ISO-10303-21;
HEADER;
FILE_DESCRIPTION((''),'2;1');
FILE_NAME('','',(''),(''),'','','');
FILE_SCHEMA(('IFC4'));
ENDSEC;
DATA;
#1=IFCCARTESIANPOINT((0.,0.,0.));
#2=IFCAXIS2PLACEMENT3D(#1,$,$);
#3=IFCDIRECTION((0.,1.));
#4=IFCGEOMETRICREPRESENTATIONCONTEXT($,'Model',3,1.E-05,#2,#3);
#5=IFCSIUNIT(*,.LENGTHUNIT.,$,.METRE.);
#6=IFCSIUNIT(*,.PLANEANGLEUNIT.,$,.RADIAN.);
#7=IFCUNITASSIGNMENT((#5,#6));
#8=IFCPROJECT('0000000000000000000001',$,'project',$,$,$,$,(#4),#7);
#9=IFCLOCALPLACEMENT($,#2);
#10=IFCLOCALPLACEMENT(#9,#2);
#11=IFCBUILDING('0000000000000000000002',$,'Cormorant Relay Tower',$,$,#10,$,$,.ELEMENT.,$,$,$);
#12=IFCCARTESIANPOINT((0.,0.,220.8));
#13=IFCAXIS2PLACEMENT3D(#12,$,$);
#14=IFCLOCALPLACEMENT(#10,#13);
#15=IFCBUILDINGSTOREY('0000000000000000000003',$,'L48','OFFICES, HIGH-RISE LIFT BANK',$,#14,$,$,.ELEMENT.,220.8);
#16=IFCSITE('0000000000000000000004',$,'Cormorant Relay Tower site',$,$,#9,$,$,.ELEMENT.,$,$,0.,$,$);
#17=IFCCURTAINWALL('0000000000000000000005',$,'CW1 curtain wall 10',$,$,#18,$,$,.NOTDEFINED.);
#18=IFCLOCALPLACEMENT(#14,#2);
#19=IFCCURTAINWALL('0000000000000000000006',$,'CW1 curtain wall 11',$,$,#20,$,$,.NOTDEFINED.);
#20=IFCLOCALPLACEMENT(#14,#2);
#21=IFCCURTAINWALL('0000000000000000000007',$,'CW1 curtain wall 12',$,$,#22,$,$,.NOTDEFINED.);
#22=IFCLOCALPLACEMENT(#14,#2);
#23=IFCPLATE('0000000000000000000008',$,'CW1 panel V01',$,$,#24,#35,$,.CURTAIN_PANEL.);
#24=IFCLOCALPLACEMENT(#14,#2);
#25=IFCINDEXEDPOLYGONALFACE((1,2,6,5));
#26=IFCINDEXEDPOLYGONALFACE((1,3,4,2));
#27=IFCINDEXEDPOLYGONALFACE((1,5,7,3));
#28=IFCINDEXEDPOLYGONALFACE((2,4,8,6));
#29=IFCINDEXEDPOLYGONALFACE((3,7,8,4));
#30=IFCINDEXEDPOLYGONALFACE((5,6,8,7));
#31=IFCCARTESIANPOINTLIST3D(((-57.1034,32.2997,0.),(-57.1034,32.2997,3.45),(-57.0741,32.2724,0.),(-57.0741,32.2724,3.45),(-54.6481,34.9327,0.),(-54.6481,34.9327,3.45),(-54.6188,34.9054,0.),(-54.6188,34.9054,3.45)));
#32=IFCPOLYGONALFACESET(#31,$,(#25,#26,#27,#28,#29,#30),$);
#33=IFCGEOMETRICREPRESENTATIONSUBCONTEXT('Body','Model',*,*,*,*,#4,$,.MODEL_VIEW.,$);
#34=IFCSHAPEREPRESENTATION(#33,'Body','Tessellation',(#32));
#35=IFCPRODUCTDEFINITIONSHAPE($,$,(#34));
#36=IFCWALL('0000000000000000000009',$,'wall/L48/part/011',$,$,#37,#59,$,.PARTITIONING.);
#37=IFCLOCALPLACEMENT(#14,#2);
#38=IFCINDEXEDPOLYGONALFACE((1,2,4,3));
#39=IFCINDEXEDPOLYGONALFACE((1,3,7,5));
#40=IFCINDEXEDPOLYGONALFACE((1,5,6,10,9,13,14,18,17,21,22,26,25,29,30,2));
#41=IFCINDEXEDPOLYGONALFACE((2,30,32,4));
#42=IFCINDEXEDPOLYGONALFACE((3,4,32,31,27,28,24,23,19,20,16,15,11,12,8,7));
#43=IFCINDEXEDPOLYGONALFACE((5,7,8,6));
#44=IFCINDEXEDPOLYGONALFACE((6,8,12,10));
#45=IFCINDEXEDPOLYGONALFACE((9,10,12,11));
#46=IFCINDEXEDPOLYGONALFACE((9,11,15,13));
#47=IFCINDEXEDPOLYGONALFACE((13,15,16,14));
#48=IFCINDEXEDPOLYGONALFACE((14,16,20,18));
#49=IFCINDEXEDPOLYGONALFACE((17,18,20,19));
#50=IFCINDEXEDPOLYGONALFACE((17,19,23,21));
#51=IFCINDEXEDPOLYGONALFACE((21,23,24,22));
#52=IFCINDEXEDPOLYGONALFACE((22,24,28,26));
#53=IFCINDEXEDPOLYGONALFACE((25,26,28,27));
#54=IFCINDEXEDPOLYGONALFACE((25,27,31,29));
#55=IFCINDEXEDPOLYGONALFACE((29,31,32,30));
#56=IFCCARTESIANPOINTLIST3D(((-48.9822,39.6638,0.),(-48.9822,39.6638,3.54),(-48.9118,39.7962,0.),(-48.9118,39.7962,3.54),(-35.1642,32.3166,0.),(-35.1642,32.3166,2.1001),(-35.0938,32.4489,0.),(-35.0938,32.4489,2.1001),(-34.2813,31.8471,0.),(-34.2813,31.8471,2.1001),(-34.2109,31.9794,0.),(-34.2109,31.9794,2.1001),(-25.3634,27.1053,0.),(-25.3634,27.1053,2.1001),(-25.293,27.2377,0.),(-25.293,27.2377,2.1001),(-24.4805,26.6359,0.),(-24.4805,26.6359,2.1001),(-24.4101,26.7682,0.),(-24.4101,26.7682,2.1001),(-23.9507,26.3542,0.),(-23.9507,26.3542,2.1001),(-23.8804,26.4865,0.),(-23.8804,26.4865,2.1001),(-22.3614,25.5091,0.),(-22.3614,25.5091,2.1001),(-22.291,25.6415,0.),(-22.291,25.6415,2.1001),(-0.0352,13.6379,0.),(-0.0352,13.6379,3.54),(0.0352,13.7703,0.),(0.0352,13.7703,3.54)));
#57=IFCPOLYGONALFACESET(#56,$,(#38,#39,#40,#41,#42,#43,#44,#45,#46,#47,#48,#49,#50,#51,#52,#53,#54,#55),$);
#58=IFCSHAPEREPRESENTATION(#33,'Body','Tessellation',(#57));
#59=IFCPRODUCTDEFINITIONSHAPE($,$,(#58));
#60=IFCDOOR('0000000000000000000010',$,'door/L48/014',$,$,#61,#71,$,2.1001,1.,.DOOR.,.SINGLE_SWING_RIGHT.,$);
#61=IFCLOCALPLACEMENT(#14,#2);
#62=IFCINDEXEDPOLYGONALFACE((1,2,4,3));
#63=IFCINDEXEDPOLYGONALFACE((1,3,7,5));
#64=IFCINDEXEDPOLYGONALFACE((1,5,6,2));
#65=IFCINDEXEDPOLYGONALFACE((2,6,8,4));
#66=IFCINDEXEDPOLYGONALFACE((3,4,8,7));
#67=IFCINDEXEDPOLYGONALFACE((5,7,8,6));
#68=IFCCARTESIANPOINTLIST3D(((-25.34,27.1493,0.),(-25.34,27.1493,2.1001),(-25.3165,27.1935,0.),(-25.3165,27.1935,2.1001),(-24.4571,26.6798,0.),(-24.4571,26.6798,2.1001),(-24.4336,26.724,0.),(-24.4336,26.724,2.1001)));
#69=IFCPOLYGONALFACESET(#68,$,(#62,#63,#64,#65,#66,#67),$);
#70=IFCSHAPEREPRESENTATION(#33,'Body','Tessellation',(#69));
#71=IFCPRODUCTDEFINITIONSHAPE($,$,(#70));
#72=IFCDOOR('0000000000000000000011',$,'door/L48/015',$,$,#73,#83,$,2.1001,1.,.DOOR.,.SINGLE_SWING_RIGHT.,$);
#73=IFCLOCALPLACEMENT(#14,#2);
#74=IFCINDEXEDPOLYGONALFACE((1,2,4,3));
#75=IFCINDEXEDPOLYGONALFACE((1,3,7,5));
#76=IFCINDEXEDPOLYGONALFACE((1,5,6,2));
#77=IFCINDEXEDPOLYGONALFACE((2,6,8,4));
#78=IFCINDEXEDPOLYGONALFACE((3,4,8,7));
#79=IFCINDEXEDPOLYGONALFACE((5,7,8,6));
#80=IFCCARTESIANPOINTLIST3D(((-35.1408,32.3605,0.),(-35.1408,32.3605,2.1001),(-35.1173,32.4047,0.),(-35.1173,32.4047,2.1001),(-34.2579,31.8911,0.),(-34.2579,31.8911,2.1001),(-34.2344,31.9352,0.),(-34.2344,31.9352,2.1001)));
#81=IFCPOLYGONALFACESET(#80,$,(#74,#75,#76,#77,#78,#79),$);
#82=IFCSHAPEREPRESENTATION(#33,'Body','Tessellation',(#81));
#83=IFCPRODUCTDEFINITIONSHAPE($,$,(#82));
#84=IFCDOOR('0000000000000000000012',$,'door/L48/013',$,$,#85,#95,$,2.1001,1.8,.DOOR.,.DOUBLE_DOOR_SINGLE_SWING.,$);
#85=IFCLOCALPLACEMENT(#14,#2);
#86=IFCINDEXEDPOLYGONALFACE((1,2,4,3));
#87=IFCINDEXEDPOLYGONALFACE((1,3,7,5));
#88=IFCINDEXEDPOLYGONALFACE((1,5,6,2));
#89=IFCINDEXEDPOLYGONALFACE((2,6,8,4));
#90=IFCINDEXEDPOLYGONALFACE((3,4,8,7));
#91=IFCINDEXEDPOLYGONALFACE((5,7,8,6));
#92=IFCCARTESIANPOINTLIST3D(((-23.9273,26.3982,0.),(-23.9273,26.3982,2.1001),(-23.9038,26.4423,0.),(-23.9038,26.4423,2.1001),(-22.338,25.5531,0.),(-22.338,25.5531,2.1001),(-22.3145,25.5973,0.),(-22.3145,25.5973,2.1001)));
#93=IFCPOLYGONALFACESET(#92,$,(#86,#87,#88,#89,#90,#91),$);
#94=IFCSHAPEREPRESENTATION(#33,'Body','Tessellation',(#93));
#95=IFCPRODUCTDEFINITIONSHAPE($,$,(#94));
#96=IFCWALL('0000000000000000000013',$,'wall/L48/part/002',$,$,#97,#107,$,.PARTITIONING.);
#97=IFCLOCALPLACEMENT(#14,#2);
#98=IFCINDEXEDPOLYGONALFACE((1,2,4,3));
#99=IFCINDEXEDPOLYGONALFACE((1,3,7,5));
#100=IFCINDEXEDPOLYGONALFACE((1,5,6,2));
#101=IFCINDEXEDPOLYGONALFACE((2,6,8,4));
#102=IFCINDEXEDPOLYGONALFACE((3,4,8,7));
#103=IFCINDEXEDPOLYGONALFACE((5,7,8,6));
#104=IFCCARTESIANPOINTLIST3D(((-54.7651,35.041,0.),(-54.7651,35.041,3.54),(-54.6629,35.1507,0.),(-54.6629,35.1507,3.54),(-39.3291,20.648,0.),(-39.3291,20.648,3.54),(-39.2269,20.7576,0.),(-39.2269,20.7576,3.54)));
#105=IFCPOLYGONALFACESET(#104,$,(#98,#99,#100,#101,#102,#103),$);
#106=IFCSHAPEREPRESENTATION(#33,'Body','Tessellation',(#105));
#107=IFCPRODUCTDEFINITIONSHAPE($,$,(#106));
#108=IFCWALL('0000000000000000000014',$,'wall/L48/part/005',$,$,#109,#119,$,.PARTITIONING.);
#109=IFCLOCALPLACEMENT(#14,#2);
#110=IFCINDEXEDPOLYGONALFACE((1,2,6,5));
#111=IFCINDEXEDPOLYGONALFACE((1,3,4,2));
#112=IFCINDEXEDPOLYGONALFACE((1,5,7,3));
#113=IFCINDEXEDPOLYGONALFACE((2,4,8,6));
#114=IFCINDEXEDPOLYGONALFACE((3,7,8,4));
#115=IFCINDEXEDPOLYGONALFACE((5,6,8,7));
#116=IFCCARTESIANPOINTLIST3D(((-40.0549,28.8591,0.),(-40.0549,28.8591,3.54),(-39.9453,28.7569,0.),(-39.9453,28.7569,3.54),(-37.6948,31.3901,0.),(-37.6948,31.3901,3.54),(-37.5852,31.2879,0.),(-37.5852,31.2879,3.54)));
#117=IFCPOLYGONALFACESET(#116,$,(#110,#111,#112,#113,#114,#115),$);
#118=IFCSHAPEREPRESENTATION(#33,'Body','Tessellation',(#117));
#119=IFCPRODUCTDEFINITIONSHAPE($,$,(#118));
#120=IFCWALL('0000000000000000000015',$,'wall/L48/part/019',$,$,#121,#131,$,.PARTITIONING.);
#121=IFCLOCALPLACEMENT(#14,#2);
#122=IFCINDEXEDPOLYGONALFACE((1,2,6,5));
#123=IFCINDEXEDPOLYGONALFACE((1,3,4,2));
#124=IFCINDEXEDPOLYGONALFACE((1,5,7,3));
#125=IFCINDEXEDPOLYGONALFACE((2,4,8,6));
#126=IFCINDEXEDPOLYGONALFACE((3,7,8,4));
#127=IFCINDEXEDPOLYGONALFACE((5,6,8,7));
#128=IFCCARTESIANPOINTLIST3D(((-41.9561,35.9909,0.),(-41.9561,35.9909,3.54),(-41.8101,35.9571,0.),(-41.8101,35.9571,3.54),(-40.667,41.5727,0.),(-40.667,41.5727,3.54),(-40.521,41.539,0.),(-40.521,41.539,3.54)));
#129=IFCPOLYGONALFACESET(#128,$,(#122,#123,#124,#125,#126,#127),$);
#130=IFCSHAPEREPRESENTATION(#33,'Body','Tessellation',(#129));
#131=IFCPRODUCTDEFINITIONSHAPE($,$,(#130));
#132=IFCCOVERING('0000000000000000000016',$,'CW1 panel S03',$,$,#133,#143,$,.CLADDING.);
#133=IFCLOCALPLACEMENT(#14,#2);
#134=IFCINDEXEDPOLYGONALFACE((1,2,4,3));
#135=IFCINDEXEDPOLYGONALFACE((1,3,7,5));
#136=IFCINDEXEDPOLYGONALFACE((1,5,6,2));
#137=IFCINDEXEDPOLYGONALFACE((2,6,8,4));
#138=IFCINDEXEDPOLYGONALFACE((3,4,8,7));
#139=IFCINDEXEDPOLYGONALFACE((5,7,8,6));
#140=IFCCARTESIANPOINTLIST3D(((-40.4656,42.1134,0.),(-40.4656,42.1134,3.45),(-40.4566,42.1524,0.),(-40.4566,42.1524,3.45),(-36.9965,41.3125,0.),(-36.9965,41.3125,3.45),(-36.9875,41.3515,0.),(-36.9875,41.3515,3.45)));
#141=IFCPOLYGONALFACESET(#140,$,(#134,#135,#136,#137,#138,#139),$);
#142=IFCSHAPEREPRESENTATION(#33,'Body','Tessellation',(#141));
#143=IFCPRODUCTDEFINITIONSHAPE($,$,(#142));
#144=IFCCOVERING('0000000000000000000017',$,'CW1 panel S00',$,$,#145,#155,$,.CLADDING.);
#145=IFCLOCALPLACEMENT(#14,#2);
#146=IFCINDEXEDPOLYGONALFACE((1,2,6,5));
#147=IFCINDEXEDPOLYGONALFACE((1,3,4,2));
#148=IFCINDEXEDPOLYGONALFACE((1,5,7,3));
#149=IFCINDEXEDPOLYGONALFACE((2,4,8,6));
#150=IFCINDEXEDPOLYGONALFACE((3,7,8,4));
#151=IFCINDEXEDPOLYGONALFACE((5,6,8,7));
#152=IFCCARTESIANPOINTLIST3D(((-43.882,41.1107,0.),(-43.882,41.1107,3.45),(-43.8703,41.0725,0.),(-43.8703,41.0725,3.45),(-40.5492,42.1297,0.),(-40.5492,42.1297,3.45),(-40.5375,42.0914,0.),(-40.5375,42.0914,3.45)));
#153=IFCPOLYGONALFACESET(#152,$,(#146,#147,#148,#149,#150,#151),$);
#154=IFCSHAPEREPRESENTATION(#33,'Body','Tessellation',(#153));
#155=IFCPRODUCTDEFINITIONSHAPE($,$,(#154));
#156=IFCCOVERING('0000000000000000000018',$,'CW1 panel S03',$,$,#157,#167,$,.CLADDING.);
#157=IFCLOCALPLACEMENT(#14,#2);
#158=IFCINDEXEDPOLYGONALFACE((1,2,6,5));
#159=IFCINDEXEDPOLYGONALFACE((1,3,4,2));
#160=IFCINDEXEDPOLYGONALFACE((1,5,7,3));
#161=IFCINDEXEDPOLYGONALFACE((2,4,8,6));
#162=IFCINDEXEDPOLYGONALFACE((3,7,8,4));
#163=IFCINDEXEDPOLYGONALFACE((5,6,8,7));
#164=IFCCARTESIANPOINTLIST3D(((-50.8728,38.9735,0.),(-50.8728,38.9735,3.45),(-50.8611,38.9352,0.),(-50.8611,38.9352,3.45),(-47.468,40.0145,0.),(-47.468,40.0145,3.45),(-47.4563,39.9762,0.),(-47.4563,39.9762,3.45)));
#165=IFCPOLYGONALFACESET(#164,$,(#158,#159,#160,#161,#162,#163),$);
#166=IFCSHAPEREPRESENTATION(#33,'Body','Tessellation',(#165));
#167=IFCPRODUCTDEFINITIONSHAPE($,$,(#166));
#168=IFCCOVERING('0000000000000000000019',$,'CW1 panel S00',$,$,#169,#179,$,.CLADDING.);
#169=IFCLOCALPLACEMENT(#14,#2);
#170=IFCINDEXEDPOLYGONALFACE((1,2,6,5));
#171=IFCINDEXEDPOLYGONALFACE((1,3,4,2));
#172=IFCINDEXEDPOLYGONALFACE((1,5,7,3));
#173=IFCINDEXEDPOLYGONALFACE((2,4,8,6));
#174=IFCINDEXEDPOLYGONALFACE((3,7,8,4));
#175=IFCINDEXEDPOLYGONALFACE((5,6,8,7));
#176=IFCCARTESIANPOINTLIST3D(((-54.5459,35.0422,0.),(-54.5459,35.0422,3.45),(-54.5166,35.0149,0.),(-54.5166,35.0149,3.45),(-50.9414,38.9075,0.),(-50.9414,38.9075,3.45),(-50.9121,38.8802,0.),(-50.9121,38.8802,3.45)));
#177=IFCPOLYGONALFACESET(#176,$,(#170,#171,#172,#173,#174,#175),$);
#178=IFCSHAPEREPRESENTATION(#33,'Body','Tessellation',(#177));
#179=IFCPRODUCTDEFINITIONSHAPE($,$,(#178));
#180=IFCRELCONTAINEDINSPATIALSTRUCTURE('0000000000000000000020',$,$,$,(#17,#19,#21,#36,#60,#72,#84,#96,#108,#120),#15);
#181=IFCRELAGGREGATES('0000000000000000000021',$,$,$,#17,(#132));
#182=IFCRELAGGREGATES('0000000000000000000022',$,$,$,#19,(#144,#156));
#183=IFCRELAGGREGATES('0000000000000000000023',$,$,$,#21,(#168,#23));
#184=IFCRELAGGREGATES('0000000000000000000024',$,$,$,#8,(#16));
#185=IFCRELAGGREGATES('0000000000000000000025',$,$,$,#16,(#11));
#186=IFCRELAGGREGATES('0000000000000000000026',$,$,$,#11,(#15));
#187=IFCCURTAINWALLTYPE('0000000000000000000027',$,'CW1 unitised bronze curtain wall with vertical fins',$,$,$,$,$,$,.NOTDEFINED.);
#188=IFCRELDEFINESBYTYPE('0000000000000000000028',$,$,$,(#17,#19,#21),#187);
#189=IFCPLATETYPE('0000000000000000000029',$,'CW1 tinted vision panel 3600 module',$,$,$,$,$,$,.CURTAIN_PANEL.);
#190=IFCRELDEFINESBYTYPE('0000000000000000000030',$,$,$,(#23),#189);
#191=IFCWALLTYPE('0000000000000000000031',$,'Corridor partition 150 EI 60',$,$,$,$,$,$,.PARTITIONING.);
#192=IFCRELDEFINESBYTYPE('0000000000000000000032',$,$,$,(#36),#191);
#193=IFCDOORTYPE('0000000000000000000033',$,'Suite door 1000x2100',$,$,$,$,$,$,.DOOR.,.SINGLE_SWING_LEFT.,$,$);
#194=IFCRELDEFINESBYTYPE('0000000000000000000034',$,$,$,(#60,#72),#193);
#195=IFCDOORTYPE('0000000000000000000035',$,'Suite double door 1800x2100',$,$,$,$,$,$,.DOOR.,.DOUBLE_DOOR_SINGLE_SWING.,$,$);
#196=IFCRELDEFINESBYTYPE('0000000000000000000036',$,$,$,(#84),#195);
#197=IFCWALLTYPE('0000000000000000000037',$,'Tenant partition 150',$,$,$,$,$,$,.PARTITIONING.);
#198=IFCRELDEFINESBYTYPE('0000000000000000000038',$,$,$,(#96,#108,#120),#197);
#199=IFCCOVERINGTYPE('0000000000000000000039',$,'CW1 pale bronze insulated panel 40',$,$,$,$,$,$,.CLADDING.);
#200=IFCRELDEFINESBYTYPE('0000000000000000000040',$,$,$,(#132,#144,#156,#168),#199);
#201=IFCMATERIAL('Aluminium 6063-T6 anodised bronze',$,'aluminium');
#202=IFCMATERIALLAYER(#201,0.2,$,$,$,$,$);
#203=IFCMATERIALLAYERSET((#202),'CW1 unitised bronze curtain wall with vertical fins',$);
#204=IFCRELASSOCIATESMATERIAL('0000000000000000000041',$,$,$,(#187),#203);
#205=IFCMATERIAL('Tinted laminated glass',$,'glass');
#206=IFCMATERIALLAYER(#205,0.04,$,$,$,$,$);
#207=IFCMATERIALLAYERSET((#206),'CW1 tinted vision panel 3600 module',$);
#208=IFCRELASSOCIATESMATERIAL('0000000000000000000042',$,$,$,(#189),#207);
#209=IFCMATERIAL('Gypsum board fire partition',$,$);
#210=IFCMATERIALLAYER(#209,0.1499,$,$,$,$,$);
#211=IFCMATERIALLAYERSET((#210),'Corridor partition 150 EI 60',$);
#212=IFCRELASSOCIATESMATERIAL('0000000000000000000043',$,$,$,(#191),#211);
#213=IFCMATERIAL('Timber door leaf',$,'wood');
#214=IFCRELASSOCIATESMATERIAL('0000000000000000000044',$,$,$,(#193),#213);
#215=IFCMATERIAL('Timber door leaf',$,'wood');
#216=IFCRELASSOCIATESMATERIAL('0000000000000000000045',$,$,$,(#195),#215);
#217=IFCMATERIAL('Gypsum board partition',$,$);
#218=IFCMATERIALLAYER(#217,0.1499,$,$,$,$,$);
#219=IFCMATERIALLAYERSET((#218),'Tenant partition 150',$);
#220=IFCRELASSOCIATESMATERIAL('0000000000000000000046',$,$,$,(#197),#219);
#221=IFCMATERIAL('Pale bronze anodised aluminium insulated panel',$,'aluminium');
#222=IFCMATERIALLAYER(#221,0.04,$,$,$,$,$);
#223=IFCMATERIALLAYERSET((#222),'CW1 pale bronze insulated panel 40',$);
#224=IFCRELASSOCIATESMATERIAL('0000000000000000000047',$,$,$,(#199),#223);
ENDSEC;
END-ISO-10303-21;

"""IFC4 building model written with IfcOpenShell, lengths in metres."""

from ifc_helpers import new_model, si_unit, direction, frame, frame_2d, origin, origin_2d, place, context, subcontext, project, spatial, rectangle, extrude, material, layer, layer_set, type_object, element, fill, aggregate, save


model = new_model("IFC4")

# Units and contexts
model_context = context("Model", 3, precision=1e-05, world=origin(), true_north=direction((0.0, 1.0)))
body_context = subcontext(model_context, "Body", "Model", "MODEL_VIEW")
ifc_project = project(units=[si_unit("LENGTHUNIT", "METRE"), si_unit("PLANEANGLEUNIT", "RADIAN")], contexts=[model_context])

# Site, building, storey
site_placement = place(None, origin())
site = spatial("IfcSite", under=ifc_project, at=site_placement, Name="Cormorant Relay Tower site", CompositionType="ELEMENT", RefElevation=0.0)
building_placement = place(site_placement, origin())
building = spatial("IfcBuilding", under=site, at=building_placement, Name="Cormorant Relay Tower", CompositionType="ELEMENT")
storey_placement = place(building_placement, frame((0.0, 0.0, 220.8)))
storey = spatial("IfcBuildingStorey", under=building, at=storey_placement, Name="L48", Description="OFFICES, HIGH-RISE LIFT BANK", CompositionType="ELEMENT", Elevation=220.8)

# Curtain wall
ifc_material_1 = material(Name="Aluminium 6063-T6 anodised bronze", Category="aluminium")
ifc_layer_1 = layer(ifc_material_1, 0.2)
ifc_layer_set_1 = layer_set([ifc_layer_1], Name="CW1 unitised bronze curtain wall with vertical fins")
curtain_wall_type = type_object("IfcCurtainWallType", Name="CW1 unitised bronze curtain wall with vertical fins", PredefinedType="NOTDEFINED", material=ifc_layer_set_1)
curtain_wall_1_placement = place(storey_placement, origin())
curtain_wall_1 = element("IfcCurtainWall", 1, at=curtain_wall_1_placement, inside=storey, type_object=curtain_wall_type, Name="CW1 curtain wall 10", PredefinedType="NOTDEFINED")

# Curtain walls
curtain_wall_2_placement = place(storey_placement, origin())
curtain_wall_2 = element("IfcCurtainWall", 2, at=curtain_wall_2_placement, inside=storey, type_object=curtain_wall_type, Name="CW1 curtain wall 11", PredefinedType="NOTDEFINED")
curtain_wall_3_placement = place(storey_placement, origin())
curtain_wall_3 = element("IfcCurtainWall", 3, at=curtain_wall_3_placement, inside=storey, type_object=curtain_wall_type, Name="CW1 curtain wall 12", PredefinedType="NOTDEFINED")

# Plate
ifc_material_2 = material(Name="Tinted laminated glass", Category="glass")
ifc_layer_2 = layer(ifc_material_2, 0.04)
ifc_layer_set_2 = layer_set([ifc_layer_2], Name="CW1 tinted vision panel 3600 module")
plate_type_1 = type_object("IfcPlateType", Name="CW1 tinted vision panel 3600 module", PredefinedType="CURTAIN_PANEL", material=ifc_layer_set_2)
plate_1_placement = place(storey_placement, frame((-55.8611, 33.6025, 0.0), z_axis=(0.0, 0.0, 1.0), x_axis=(-0.681998, -0.731354, 0.0)))
plate_1 = element("IfcPlate", 4, at=plate_1_placement, type_object=plate_type_1, Name="CW1 panel V01", PredefinedType="CURTAIN_PANEL", context=body_context, shape_type="SweptSolid", body=[
    extrude(rectangle(XDim=3.6001, YDim=0.04, at=origin_2d()), origin(), (0.0, 0.0, 1.0), 3.45),
])

# Wall, openings, doors
ifc_material_3 = material(Name="Gypsum board fire partition")
ifc_layer_3 = layer(ifc_material_3, 0.1499)
ifc_layer_set_3 = layer_set([ifc_layer_3], Name="Corridor partition 150 EI 60")
wall_type_1 = type_object("IfcWallType", Name="Corridor partition 150 EI 60", PredefinedType="PARTITIONING", material=ifc_layer_set_3)
wall_1_placement = place(storey_placement, frame((-48.947, 39.73, 0.0), z_axis=(0.0, 0.0, 1.0), x_axis=(0.882945, -0.469476, 0.0)))
wall_1 = element("IfcWall", 5, at=wall_1_placement, inside=storey, type_object=wall_type_1, Name="wall/L48/part/011", PredefinedType="PARTITIONING", context=body_context, shape_type="SweptSolid", body=[
    extrude(rectangle(XDim=55.436, YDim=0.1499, at=frame_2d((27.718, 0.0))), origin(), (0.0, 0.0, 1.0), 3.54),
])
opening_1_placement = place(wall_1_placement, frame((28.3501, 0.0, 0.0)))
opening_1 = element("IfcOpeningElement", 6, at=opening_1_placement, cuts=wall_1, PredefinedType="OPENING", context=body_context, shape_type="SweptSolid", body=[
    extrude(rectangle(XDim=1.8, YDim=2.1001, at=frame_2d((0.8999, 1.05))), frame((0.0, 0.085, 0.0), z_axis=(0.0, -1.0, 0.0), x_axis=(1.0, 0.0, 0.0)), (0.0, 0.0, 1.0), 0.1699),
])
opening_2_placement = place(wall_1_placement, frame((26.75, 0.0, 0.0)))
opening_2 = element("IfcOpeningElement", 7, at=opening_2_placement, cuts=wall_1, PredefinedType="OPENING", context=body_context, shape_type="SweptSolid", body=[
    extrude(rectangle(XDim=1.0, YDim=2.1001, at=frame_2d((0.5, 1.05))), frame((0.0, 0.085, 0.0), z_axis=(0.0, -1.0, 0.0), x_axis=(1.0, 0.0, 0.0)), (0.0, 0.0, 1.0), 0.1699),
])
opening_3_placement = place(wall_1_placement, frame((15.6499, 0.0, 0.0)))
opening_3 = element("IfcOpeningElement", 8, at=opening_3_placement, cuts=wall_1, PredefinedType="OPENING", context=body_context, shape_type="SweptSolid", body=[
    extrude(rectangle(XDim=1.0, YDim=2.1001, at=frame_2d((0.5, 1.05))), frame((0.0, 0.085, 0.0), z_axis=(0.0, -1.0, 0.0), x_axis=(1.0, 0.0, 0.0)), (0.0, 0.0, 1.0), 0.1699),
])
ifc_material_4 = material(Name="Timber door leaf", Category="wood")
door_type_1 = type_object("IfcDoorType", Name="Suite door 1000x2100", OperationType="SINGLE_SWING_LEFT", PredefinedType="DOOR", material=ifc_material_4)
door_1_placement = place(opening_2_placement, origin())
door_1 = element("IfcDoor", 9, at=door_1_placement, inside=storey, type_object=door_type_1, Name="door/L48/014", OperationType="SINGLE_SWING_RIGHT", OverallHeight=2.1001, OverallWidth=1.0, PredefinedType="DOOR", context=body_context, shape_type="SweptSolid", body=[
    extrude(rectangle(XDim=1.0, YDim=2.1001, at=frame_2d((0.5, 1.05))), frame((0.0, 0.0249, 0.0), z_axis=(0.0, -1.0, 0.0), x_axis=(1.0, 0.0, 0.0)), (0.0, 0.0, 1.0), 0.05),
])
fill(opening_2, door_1)
door_2_placement = place(opening_3_placement, origin())
door_2 = element("IfcDoor", 10, at=door_2_placement, inside=storey, type_object=door_type_1, Name="door/L48/015", OperationType="SINGLE_SWING_RIGHT", OverallHeight=2.1001, OverallWidth=1.0, PredefinedType="DOOR", context=body_context, shape_type="SweptSolid", body=[
    extrude(rectangle(XDim=1.0, YDim=2.1001, at=frame_2d((0.5, 1.05))), frame((0.0, 0.0249, 0.0), z_axis=(0.0, -1.0, 0.0), x_axis=(1.0, 0.0, 0.0)), (0.0, 0.0, 1.0), 0.05),
])
fill(opening_3, door_2)
ifc_material_5 = material(Name="Timber door leaf", Category="wood")
door_type_2 = type_object("IfcDoorType", Name="Suite double door 1800x2100", OperationType="DOUBLE_DOOR_SINGLE_SWING", PredefinedType="DOOR", material=ifc_material_5)
door_3_placement = place(opening_1_placement, origin())
door_3 = element("IfcDoor", 11, at=door_3_placement, inside=storey, type_object=door_type_2, Name="door/L48/013", OperationType="DOUBLE_DOOR_SINGLE_SWING", OverallHeight=2.1001, OverallWidth=1.8, PredefinedType="DOOR", context=body_context, shape_type="SweptSolid", body=[
    extrude(rectangle(XDim=1.8, YDim=2.1001, at=frame_2d((0.8999, 1.05))), frame((0.0, 0.0249, 0.0), z_axis=(0.0, -1.0, 0.0), x_axis=(1.0, 0.0, 0.0)), (0.0, 0.0, 1.0), 0.05),
])
fill(opening_1, door_3)

# Walls
ifc_material_6 = material(Name="Gypsum board partition")
ifc_layer_4 = layer(ifc_material_6, 0.1499)
ifc_layer_set_4 = layer_set([ifc_layer_4], Name="Tenant partition 150")
wall_type_2 = type_object("IfcWallType", Name="Tenant partition 150", PredefinedType="PARTITIONING", material=ifc_layer_set_4)
wall_2_placement = place(storey_placement, frame((-54.7141, 35.0959, 0.0), z_axis=(0.0, 0.0, 1.0), x_axis=(0.731384, -0.681966, 0.0)))
element("IfcWall", 12, at=wall_2_placement, inside=storey, type_object=wall_type_2, Name="wall/L48/part/002", PredefinedType="PARTITIONING", context=body_context, shape_type="SweptSolid", body=[
    extrude(rectangle(XDim=21.1052, YDim=0.1499, at=frame_2d((10.5527, 0.0))), origin(), (0.0, 0.0, 1.0), 3.54),
])
wall_3_placement = place(storey_placement, frame((-37.6399, 31.3391, 0.0), z_axis=(0.0, 0.0, 1.0), x_axis=(-0.681984, -0.731367, 0.0)))
element("IfcWall", 13, at=wall_3_placement, inside=storey, type_object=wall_type_2, Name="wall/L48/part/005", PredefinedType="PARTITIONING", context=body_context, shape_type="SweptSolid", body=[
    extrude(rectangle(XDim=3.4607, YDim=0.1499, at=frame_2d((1.7305, 0.0))), origin(), (0.0, 0.0, 1.0), 3.54),
])
wall_4_placement = place(storey_placement, frame((-41.8831, 35.9741, 0.0), z_axis=(0.0, 0.0, 1.0), x_axis=(0.225018, 0.974355, 0.0)))
element("IfcWall", 14, at=wall_4_placement, inside=storey, type_object=wall_type_2, Name="wall/L48/part/019", PredefinedType="PARTITIONING", context=body_context, shape_type="SweptSolid", body=[
    extrude(rectangle(XDim=5.7288, YDim=0.1499, at=frame_2d((2.8643, 0.0))), origin(), (0.0, 0.0, 1.0), 3.54),
])

# Coverings
ifc_material_7 = material(Name="Pale bronze anodised aluminium insulated panel", Category="aluminium")
ifc_layer_5 = layer(ifc_material_7, 0.04)
ifc_layer_set_5 = layer_set([ifc_layer_5], Name="CW1 pale bronze insulated panel 40")
covering_type = type_object("IfcCoveringType", Name="CW1 pale bronze insulated panel 40", PredefinedType="CLADDING", material=ifc_layer_set_5)
covering_1_placement = place(storey_placement, frame((-38.7266, 41.7324, 0.0), z_axis=(0.0, 0.0, 1.0), x_axis=(-0.97437, 0.224951, 0.0)))
covering_1 = element("IfcCovering", 15, at=covering_1_placement, type_object=covering_type, Name="CW1 panel S03", PredefinedType="CLADDING", context=body_context, shape_type="SweptSolid", body=[
    extrude(rectangle(XDim=3.5603, YDim=0.04, at=origin_2d()), origin(), (0.0, 0.0, 1.0), 3.45),
])
aggregate(curtain_wall_1, [covering_1])
covering_2_placement = place(storey_placement, frame((-42.2097, 41.6011, 0.0), z_axis=(0.0, 0.0, 1.0), x_axis=(-0.956305, -0.292372, 0.0)))
covering_2 = element("IfcCovering", 16, at=covering_2_placement, type_object=covering_type, Name="CW1 panel S00", PredefinedType="CLADDING", context=body_context, shape_type="SweptSolid", body=[
    extrude(rectangle(XDim=3.4851, YDim=0.04, at=origin_2d()), origin(), (0.0, 0.0, 1.0), 3.45),
])
covering_3_placement = place(storey_placement, frame((-49.1646, 39.4749, 0.0), z_axis=(0.0, 0.0, 1.0), x_axis=(-0.956305, -0.292372, 0.0)))
covering_3 = element("IfcCovering", 17, at=covering_3_placement, type_object=covering_type, Name="CW1 panel S03", PredefinedType="CLADDING", context=body_context, shape_type="SweptSolid", body=[
    extrude(rectangle(XDim=3.5603, YDim=0.04, at=origin_2d()), origin(), (0.0, 0.0, 1.0), 3.45),
])
aggregate(curtain_wall_2, [covering_2, covering_3])
covering_4_placement = place(storey_placement, frame((-52.729, 36.9612, 0.0), z_axis=(0.0, 0.0, 1.0), x_axis=(-0.681998, -0.731354, 0.0)))
covering_4 = element("IfcCovering", 18, at=covering_4_placement, type_object=covering_type, Name="CW1 panel S00", PredefinedType="CLADDING", context=body_context, shape_type="SweptSolid", body=[
    extrude(rectangle(XDim=5.2852, YDim=0.04, at=origin_2d()), origin(), (0.0, 0.0, 1.0), 3.45),
])
aggregate(curtain_wall_3, [covering_4, plate_1])

save(model, "model.ifc")
